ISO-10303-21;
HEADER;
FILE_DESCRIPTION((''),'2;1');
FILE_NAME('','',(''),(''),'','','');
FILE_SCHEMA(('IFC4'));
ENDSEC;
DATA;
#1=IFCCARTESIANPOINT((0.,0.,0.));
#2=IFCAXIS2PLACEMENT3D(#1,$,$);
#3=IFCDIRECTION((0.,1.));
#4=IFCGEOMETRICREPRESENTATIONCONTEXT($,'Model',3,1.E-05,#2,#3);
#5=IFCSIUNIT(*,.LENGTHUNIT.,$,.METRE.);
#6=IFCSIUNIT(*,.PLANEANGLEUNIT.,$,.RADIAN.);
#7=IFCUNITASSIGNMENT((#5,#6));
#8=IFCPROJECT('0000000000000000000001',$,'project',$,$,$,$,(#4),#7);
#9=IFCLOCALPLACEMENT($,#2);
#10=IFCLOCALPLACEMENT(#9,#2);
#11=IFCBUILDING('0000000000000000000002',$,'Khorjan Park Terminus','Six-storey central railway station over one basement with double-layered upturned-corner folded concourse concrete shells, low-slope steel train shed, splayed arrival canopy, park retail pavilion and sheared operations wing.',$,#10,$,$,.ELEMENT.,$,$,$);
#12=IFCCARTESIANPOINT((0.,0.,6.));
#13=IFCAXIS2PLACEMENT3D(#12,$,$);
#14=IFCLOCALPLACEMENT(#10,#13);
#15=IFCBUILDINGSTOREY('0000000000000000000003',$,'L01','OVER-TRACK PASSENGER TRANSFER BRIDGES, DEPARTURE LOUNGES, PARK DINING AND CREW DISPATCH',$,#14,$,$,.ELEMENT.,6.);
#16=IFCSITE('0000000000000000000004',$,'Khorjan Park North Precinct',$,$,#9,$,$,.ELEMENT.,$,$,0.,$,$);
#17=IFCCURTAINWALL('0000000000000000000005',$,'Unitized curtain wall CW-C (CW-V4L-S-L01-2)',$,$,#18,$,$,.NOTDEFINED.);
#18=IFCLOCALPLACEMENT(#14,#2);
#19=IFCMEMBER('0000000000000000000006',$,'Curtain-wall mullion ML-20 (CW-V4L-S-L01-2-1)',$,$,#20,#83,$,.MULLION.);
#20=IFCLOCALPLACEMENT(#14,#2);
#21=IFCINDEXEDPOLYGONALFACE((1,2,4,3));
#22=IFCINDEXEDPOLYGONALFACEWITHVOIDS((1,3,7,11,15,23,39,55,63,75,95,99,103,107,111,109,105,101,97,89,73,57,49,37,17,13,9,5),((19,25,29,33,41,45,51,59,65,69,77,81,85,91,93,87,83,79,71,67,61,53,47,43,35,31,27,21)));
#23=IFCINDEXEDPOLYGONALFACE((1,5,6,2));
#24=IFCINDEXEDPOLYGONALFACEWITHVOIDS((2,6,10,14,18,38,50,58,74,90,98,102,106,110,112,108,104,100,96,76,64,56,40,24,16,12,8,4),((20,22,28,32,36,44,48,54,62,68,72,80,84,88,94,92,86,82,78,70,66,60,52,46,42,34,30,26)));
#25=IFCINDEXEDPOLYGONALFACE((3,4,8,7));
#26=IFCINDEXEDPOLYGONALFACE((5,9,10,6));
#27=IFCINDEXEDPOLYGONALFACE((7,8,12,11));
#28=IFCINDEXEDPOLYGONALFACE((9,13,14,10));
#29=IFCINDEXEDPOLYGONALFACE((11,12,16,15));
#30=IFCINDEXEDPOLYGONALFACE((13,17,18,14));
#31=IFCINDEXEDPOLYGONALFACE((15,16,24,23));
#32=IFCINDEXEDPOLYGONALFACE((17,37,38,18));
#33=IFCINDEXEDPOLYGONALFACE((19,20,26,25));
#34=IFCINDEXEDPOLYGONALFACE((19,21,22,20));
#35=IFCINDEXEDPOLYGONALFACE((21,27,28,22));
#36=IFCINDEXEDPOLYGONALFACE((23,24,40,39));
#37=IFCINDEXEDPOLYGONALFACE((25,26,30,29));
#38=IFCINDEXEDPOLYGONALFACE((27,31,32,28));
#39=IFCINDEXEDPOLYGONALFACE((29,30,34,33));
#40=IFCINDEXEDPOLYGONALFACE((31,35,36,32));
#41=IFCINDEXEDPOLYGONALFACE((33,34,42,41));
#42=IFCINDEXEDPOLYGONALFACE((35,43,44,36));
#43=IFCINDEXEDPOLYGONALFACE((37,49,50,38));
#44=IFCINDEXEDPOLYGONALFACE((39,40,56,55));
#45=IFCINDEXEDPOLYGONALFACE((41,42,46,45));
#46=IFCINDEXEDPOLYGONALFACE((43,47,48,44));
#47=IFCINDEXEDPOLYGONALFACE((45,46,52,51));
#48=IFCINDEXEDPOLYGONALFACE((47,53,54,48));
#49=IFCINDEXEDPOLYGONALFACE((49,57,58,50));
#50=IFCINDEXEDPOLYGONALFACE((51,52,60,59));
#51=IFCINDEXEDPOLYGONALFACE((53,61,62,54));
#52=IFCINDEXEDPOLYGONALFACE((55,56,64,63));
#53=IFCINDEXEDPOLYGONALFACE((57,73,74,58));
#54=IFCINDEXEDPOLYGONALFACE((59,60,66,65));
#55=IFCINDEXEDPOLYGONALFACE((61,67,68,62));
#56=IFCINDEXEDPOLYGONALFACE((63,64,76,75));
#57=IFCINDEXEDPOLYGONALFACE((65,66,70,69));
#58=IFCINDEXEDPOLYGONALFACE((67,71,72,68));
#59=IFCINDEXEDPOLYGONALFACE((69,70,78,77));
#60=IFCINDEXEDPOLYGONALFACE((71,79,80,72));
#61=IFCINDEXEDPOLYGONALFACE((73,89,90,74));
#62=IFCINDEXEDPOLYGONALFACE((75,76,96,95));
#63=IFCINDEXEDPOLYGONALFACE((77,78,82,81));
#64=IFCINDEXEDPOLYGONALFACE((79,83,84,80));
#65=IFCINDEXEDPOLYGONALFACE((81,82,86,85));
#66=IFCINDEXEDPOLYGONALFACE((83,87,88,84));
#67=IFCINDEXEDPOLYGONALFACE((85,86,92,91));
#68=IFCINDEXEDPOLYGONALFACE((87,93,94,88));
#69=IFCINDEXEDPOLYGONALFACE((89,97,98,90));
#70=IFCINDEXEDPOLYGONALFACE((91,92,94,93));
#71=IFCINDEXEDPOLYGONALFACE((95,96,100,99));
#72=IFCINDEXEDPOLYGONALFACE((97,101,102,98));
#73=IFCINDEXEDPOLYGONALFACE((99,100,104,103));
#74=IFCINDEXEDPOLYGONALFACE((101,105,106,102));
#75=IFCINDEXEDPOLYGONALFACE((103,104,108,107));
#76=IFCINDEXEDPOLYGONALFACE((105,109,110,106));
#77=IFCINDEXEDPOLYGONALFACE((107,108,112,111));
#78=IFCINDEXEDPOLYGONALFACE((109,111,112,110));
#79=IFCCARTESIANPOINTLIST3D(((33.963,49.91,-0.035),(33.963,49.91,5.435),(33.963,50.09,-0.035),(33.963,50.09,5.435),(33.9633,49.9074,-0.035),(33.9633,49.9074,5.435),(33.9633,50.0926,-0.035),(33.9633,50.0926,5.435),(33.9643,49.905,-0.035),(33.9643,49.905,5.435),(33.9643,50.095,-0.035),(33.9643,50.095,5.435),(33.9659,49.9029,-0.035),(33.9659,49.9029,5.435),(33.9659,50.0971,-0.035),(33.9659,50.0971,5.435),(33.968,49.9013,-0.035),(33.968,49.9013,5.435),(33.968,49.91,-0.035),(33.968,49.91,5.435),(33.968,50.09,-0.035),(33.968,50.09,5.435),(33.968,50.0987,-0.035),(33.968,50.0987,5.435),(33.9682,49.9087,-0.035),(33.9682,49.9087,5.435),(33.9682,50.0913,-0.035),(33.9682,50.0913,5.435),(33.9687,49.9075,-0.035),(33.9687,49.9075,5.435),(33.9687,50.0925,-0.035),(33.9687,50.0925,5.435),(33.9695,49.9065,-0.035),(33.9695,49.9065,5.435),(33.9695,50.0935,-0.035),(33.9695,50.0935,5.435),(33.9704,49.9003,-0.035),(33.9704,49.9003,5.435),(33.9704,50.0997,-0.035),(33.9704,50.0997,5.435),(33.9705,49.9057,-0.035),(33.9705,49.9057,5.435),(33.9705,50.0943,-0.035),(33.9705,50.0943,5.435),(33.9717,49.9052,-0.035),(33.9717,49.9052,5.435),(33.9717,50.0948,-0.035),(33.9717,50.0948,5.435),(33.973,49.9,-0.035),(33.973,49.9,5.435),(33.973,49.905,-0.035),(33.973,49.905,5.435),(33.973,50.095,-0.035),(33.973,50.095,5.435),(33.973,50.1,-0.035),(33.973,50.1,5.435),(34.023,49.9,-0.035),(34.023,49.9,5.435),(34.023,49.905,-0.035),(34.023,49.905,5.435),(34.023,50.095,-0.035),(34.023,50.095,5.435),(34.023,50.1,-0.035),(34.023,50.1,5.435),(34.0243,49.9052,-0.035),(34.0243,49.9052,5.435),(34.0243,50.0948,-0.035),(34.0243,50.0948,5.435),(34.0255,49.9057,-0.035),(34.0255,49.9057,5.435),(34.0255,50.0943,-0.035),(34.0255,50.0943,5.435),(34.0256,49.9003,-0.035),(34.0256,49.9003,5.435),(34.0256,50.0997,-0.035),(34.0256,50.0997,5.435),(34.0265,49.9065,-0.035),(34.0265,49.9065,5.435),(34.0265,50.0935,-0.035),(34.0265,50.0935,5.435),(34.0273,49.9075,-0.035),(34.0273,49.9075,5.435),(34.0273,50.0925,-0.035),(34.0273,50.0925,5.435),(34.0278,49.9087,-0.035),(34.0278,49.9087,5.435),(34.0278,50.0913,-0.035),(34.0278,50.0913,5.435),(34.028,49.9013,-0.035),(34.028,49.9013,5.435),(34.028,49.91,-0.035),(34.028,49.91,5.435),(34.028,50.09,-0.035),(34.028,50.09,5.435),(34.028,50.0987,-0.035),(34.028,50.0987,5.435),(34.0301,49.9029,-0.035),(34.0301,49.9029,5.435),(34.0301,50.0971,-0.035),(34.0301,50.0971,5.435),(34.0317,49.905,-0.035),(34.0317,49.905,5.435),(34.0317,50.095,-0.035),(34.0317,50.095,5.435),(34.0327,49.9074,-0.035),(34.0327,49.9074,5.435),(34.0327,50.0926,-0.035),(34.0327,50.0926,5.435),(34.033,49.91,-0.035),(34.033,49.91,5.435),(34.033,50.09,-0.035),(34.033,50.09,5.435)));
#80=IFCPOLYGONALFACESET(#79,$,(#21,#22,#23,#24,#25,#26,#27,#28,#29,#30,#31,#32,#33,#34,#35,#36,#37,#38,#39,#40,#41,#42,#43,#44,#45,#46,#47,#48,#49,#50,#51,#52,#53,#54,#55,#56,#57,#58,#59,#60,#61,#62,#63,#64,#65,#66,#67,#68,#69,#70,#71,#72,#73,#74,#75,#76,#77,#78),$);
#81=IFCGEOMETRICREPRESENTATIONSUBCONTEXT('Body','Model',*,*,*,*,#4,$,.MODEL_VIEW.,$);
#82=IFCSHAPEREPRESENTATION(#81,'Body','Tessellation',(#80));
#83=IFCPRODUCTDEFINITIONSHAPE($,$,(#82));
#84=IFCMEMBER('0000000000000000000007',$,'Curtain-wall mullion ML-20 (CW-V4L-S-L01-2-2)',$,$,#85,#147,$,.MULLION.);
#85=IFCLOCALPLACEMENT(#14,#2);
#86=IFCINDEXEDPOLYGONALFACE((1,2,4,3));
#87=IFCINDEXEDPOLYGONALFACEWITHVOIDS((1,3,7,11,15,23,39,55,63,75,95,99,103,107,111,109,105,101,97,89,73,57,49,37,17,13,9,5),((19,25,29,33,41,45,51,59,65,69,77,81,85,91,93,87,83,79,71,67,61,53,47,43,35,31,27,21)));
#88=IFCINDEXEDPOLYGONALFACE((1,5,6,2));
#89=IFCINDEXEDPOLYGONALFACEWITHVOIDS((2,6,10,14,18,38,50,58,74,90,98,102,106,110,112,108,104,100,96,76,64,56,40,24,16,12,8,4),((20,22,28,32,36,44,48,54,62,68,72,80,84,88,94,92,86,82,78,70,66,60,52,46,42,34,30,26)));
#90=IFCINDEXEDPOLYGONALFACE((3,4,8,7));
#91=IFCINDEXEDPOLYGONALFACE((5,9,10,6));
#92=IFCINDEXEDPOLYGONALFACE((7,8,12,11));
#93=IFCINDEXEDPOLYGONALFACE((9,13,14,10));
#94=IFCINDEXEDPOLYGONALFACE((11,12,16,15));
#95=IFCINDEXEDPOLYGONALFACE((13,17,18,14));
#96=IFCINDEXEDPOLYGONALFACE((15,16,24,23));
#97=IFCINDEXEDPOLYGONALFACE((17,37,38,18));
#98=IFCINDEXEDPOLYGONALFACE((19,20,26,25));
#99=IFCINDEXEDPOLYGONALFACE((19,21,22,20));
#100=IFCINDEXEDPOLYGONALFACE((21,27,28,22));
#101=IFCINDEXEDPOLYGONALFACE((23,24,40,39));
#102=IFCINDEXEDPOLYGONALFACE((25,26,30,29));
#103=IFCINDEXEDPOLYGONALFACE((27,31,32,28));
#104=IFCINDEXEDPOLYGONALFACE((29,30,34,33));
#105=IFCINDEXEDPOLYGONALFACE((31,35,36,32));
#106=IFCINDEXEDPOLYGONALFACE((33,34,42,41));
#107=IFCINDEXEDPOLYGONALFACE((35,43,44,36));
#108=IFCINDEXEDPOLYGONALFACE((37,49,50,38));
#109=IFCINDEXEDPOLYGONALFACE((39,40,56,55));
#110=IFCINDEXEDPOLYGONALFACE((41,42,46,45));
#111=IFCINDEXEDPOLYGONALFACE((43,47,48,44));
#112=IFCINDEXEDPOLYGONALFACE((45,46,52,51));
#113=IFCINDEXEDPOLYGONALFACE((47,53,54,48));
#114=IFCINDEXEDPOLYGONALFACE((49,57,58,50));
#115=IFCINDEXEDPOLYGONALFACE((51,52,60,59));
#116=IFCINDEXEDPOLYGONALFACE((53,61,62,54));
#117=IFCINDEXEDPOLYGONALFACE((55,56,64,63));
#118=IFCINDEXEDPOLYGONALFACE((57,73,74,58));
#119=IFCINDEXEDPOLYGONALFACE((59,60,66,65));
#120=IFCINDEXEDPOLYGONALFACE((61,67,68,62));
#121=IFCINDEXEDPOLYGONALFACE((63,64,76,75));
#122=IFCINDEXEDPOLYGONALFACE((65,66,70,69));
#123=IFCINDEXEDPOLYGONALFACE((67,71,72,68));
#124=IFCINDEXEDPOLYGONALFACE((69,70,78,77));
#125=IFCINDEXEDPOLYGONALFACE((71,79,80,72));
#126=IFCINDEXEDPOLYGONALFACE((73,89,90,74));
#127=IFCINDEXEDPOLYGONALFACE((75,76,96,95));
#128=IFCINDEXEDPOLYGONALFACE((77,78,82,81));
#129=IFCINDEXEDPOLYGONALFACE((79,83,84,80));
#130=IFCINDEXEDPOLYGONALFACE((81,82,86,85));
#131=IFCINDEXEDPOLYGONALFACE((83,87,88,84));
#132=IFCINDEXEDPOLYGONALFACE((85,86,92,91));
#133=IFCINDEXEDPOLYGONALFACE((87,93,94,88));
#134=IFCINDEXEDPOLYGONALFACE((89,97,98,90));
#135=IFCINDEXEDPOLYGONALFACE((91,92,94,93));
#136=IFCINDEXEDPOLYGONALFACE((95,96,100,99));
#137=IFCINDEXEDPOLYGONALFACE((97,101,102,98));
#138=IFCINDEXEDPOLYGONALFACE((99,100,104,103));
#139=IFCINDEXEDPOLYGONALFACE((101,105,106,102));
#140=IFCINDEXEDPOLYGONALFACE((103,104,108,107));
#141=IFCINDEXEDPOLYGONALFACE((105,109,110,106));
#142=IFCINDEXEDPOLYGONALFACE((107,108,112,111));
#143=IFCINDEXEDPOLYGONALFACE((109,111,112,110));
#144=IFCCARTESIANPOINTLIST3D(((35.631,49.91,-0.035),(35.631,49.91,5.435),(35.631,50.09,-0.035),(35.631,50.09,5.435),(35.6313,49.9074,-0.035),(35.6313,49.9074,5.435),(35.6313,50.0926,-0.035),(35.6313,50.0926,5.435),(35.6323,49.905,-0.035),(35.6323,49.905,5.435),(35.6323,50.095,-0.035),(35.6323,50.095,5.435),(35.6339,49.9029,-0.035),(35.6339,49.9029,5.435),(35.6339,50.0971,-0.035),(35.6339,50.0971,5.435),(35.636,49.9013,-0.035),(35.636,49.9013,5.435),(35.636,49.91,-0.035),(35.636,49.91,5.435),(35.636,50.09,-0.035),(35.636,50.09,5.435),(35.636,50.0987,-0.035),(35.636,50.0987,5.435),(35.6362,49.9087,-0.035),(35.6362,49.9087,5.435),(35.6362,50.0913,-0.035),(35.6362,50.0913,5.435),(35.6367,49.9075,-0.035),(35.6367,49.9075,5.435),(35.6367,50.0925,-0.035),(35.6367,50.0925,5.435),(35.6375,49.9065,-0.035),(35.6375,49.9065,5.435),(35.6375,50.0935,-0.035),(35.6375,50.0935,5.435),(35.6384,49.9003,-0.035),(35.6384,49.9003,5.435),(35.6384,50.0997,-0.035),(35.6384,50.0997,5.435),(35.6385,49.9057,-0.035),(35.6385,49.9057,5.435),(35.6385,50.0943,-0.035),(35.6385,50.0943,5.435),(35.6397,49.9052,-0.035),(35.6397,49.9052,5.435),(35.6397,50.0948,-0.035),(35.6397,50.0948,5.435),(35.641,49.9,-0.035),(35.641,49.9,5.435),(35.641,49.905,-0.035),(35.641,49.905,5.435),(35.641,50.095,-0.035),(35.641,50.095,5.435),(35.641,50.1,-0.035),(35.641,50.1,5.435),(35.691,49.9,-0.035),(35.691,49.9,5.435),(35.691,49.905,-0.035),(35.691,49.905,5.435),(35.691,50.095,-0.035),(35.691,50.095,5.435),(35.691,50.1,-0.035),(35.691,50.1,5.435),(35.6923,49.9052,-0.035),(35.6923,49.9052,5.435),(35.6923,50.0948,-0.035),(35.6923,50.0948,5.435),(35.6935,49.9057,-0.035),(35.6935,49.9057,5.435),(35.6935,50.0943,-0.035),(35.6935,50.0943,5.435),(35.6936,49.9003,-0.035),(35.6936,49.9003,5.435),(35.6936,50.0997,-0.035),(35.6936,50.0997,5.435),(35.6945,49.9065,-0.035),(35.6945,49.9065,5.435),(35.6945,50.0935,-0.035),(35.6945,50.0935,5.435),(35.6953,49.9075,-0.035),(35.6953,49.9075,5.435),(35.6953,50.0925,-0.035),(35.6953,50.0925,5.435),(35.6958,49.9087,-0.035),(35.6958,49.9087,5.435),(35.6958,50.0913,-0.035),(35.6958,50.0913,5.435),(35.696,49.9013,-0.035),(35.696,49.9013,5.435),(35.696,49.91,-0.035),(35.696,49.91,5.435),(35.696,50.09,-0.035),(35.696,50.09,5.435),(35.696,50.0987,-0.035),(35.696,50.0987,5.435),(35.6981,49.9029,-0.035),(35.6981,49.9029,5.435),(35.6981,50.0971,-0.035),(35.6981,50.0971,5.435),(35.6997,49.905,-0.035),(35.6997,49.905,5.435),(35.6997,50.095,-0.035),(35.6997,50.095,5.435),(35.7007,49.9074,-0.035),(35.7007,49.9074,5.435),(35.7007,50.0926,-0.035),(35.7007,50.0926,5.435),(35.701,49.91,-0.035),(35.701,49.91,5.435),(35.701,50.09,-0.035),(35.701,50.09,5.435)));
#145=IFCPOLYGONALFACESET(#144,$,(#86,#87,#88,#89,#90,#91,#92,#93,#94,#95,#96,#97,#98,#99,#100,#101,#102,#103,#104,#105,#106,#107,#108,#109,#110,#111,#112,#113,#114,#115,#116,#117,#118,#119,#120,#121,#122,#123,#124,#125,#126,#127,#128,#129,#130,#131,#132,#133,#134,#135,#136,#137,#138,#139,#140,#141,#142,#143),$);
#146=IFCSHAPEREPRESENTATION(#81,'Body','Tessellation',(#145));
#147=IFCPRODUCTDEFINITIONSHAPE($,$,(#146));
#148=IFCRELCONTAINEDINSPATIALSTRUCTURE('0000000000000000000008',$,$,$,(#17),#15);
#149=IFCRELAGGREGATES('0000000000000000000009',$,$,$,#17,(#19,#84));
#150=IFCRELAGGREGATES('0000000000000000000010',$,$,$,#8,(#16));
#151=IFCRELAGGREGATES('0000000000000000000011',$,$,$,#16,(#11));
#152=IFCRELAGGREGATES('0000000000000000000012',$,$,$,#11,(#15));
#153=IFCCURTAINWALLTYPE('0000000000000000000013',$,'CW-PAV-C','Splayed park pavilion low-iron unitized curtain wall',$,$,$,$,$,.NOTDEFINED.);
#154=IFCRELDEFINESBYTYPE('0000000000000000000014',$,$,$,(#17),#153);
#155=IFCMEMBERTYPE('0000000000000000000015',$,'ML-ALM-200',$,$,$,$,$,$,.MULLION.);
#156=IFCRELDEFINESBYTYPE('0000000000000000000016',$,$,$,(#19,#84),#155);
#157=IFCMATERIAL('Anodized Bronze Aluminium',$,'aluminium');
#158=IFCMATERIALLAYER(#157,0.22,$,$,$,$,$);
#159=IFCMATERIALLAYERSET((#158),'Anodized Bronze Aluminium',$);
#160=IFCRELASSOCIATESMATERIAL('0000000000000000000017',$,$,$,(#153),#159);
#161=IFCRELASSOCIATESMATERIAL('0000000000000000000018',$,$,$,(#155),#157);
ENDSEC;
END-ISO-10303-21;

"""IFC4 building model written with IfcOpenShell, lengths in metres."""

from ifc_helpers import new_model, si_unit, direction, frame, origin, origin_2d, place, context, subcontext, project, spatial, hollow_rectangle, extrude, material, layer, layer_set, material_profile, profile_set, type_object, element, aggregate, save


model = new_model("IFC4")

# Units and contexts
model_context = context("Model", 3, precision=1e-05, world=origin(), true_north=direction((0.0, 1.0)))
body_context = subcontext(model_context, "Body", "Model", "MODEL_VIEW")
ifc_project = project(units=[si_unit("LENGTHUNIT", "METRE"), si_unit("PLANEANGLEUNIT", "RADIAN")], contexts=[model_context])

# Site, building, storey
site_placement = place(None, origin())
site = spatial("IfcSite", under=ifc_project, at=site_placement, Name="Khorjan Park North Precinct", CompositionType="ELEMENT", RefElevation=0.0)
building_placement = place(site_placement, origin())
building = spatial("IfcBuilding", under=site, at=building_placement, Name="Khorjan Park Terminus", Description="Six-storey central railway station over one basement with double-layered upturned-corner folded concourse concrete shells, low-slope steel train shed, splayed arrival canopy, park retail pavilion and sheared operations wing.", CompositionType="ELEMENT")
storey_placement = place(building_placement, frame((0.0, 0.0, 6.0)))
storey = spatial("IfcBuildingStorey", under=building, at=storey_placement, Name="L01", Description="OVER-TRACK PASSENGER TRANSFER BRIDGES, DEPARTURE LOUNGES, PARK DINING AND CREW DISPATCH", CompositionType="ELEMENT", Elevation=6.0)

# Curtain wall, members
ifc_material_1 = material(Name="Anodized Bronze Aluminium", Category="aluminium")
ifc_layer_1 = layer(ifc_material_1, 0.22)
ifc_layer_set_1 = layer_set([ifc_layer_1], Name="Anodized Bronze Aluminium")
curtain_wall_type = type_object("IfcCurtainWallType", Name="CW-PAV-C", Description="Splayed park pavilion low-iron unitized curtain wall", PredefinedType="NOTDEFINED", material=ifc_layer_set_1)
curtain_wall_placement = place(storey_placement, origin())
curtain_wall = element("IfcCurtainWall", 1, at=curtain_wall_placement, inside=storey, type_object=curtain_wall_type, Name="Unitized curtain wall CW-C (CW-V4L-S-L01-2)", PredefinedType="NOTDEFINED")
ifc_material_profile_1 = material_profile(ifc_material_1, hollow_rectangle(XDim=0.07, YDim=0.2, WallThickness=0.005, InnerFilletRadius=0.005, OuterFilletRadius=0.01, at=origin_2d()), Name="ALM 70x200x5")
ifc_profile_set_1 = profile_set([ifc_material_profile_1], Name="Anodized Bronze Aluminium")
member_type_1 = type_object("IfcMemberType", Name="ML-ALM-200", PredefinedType="MULLION", material=ifc_profile_set_1)
member_1_placement = place(storey_placement, frame((33.998, 50.0, -0.035), z_axis=(0.0, 0.0, 1.0), x_axis=(1.0, 0.0, 0.0)))
member_1 = element("IfcMember", 2, at=member_1_placement, type_object=member_type_1, Name="Curtain-wall mullion ML-20 (CW-V4L-S-L01-2-1)", PredefinedType="MULLION", context=body_context, shape_type="SweptSolid", body=[
    extrude(hollow_rectangle(XDim=0.07, YDim=0.2, WallThickness=0.005, InnerFilletRadius=0.005, OuterFilletRadius=0.01, at=origin_2d()), origin(), (0.0, 0.0, 1.0), 5.47),
])
member_2_placement = place(storey_placement, frame((35.666, 50.0, -0.035), z_axis=(0.0, 0.0, 1.0), x_axis=(1.0, 0.0, 0.0)))
member_2 = element("IfcMember", 3, at=member_2_placement, type_object=member_type_1, Name="Curtain-wall mullion ML-20 (CW-V4L-S-L01-2-2)", PredefinedType="MULLION", context=body_context, shape_type="SweptSolid", body=[
    extrude(hollow_rectangle(XDim=0.07, YDim=0.2, WallThickness=0.005, InnerFilletRadius=0.005, OuterFilletRadius=0.01, at=origin_2d()), origin(), (0.0, 0.0, 1.0), 5.47),
])
aggregate(curtain_wall, [member_1, member_2])

save(model, "model.ifc")
